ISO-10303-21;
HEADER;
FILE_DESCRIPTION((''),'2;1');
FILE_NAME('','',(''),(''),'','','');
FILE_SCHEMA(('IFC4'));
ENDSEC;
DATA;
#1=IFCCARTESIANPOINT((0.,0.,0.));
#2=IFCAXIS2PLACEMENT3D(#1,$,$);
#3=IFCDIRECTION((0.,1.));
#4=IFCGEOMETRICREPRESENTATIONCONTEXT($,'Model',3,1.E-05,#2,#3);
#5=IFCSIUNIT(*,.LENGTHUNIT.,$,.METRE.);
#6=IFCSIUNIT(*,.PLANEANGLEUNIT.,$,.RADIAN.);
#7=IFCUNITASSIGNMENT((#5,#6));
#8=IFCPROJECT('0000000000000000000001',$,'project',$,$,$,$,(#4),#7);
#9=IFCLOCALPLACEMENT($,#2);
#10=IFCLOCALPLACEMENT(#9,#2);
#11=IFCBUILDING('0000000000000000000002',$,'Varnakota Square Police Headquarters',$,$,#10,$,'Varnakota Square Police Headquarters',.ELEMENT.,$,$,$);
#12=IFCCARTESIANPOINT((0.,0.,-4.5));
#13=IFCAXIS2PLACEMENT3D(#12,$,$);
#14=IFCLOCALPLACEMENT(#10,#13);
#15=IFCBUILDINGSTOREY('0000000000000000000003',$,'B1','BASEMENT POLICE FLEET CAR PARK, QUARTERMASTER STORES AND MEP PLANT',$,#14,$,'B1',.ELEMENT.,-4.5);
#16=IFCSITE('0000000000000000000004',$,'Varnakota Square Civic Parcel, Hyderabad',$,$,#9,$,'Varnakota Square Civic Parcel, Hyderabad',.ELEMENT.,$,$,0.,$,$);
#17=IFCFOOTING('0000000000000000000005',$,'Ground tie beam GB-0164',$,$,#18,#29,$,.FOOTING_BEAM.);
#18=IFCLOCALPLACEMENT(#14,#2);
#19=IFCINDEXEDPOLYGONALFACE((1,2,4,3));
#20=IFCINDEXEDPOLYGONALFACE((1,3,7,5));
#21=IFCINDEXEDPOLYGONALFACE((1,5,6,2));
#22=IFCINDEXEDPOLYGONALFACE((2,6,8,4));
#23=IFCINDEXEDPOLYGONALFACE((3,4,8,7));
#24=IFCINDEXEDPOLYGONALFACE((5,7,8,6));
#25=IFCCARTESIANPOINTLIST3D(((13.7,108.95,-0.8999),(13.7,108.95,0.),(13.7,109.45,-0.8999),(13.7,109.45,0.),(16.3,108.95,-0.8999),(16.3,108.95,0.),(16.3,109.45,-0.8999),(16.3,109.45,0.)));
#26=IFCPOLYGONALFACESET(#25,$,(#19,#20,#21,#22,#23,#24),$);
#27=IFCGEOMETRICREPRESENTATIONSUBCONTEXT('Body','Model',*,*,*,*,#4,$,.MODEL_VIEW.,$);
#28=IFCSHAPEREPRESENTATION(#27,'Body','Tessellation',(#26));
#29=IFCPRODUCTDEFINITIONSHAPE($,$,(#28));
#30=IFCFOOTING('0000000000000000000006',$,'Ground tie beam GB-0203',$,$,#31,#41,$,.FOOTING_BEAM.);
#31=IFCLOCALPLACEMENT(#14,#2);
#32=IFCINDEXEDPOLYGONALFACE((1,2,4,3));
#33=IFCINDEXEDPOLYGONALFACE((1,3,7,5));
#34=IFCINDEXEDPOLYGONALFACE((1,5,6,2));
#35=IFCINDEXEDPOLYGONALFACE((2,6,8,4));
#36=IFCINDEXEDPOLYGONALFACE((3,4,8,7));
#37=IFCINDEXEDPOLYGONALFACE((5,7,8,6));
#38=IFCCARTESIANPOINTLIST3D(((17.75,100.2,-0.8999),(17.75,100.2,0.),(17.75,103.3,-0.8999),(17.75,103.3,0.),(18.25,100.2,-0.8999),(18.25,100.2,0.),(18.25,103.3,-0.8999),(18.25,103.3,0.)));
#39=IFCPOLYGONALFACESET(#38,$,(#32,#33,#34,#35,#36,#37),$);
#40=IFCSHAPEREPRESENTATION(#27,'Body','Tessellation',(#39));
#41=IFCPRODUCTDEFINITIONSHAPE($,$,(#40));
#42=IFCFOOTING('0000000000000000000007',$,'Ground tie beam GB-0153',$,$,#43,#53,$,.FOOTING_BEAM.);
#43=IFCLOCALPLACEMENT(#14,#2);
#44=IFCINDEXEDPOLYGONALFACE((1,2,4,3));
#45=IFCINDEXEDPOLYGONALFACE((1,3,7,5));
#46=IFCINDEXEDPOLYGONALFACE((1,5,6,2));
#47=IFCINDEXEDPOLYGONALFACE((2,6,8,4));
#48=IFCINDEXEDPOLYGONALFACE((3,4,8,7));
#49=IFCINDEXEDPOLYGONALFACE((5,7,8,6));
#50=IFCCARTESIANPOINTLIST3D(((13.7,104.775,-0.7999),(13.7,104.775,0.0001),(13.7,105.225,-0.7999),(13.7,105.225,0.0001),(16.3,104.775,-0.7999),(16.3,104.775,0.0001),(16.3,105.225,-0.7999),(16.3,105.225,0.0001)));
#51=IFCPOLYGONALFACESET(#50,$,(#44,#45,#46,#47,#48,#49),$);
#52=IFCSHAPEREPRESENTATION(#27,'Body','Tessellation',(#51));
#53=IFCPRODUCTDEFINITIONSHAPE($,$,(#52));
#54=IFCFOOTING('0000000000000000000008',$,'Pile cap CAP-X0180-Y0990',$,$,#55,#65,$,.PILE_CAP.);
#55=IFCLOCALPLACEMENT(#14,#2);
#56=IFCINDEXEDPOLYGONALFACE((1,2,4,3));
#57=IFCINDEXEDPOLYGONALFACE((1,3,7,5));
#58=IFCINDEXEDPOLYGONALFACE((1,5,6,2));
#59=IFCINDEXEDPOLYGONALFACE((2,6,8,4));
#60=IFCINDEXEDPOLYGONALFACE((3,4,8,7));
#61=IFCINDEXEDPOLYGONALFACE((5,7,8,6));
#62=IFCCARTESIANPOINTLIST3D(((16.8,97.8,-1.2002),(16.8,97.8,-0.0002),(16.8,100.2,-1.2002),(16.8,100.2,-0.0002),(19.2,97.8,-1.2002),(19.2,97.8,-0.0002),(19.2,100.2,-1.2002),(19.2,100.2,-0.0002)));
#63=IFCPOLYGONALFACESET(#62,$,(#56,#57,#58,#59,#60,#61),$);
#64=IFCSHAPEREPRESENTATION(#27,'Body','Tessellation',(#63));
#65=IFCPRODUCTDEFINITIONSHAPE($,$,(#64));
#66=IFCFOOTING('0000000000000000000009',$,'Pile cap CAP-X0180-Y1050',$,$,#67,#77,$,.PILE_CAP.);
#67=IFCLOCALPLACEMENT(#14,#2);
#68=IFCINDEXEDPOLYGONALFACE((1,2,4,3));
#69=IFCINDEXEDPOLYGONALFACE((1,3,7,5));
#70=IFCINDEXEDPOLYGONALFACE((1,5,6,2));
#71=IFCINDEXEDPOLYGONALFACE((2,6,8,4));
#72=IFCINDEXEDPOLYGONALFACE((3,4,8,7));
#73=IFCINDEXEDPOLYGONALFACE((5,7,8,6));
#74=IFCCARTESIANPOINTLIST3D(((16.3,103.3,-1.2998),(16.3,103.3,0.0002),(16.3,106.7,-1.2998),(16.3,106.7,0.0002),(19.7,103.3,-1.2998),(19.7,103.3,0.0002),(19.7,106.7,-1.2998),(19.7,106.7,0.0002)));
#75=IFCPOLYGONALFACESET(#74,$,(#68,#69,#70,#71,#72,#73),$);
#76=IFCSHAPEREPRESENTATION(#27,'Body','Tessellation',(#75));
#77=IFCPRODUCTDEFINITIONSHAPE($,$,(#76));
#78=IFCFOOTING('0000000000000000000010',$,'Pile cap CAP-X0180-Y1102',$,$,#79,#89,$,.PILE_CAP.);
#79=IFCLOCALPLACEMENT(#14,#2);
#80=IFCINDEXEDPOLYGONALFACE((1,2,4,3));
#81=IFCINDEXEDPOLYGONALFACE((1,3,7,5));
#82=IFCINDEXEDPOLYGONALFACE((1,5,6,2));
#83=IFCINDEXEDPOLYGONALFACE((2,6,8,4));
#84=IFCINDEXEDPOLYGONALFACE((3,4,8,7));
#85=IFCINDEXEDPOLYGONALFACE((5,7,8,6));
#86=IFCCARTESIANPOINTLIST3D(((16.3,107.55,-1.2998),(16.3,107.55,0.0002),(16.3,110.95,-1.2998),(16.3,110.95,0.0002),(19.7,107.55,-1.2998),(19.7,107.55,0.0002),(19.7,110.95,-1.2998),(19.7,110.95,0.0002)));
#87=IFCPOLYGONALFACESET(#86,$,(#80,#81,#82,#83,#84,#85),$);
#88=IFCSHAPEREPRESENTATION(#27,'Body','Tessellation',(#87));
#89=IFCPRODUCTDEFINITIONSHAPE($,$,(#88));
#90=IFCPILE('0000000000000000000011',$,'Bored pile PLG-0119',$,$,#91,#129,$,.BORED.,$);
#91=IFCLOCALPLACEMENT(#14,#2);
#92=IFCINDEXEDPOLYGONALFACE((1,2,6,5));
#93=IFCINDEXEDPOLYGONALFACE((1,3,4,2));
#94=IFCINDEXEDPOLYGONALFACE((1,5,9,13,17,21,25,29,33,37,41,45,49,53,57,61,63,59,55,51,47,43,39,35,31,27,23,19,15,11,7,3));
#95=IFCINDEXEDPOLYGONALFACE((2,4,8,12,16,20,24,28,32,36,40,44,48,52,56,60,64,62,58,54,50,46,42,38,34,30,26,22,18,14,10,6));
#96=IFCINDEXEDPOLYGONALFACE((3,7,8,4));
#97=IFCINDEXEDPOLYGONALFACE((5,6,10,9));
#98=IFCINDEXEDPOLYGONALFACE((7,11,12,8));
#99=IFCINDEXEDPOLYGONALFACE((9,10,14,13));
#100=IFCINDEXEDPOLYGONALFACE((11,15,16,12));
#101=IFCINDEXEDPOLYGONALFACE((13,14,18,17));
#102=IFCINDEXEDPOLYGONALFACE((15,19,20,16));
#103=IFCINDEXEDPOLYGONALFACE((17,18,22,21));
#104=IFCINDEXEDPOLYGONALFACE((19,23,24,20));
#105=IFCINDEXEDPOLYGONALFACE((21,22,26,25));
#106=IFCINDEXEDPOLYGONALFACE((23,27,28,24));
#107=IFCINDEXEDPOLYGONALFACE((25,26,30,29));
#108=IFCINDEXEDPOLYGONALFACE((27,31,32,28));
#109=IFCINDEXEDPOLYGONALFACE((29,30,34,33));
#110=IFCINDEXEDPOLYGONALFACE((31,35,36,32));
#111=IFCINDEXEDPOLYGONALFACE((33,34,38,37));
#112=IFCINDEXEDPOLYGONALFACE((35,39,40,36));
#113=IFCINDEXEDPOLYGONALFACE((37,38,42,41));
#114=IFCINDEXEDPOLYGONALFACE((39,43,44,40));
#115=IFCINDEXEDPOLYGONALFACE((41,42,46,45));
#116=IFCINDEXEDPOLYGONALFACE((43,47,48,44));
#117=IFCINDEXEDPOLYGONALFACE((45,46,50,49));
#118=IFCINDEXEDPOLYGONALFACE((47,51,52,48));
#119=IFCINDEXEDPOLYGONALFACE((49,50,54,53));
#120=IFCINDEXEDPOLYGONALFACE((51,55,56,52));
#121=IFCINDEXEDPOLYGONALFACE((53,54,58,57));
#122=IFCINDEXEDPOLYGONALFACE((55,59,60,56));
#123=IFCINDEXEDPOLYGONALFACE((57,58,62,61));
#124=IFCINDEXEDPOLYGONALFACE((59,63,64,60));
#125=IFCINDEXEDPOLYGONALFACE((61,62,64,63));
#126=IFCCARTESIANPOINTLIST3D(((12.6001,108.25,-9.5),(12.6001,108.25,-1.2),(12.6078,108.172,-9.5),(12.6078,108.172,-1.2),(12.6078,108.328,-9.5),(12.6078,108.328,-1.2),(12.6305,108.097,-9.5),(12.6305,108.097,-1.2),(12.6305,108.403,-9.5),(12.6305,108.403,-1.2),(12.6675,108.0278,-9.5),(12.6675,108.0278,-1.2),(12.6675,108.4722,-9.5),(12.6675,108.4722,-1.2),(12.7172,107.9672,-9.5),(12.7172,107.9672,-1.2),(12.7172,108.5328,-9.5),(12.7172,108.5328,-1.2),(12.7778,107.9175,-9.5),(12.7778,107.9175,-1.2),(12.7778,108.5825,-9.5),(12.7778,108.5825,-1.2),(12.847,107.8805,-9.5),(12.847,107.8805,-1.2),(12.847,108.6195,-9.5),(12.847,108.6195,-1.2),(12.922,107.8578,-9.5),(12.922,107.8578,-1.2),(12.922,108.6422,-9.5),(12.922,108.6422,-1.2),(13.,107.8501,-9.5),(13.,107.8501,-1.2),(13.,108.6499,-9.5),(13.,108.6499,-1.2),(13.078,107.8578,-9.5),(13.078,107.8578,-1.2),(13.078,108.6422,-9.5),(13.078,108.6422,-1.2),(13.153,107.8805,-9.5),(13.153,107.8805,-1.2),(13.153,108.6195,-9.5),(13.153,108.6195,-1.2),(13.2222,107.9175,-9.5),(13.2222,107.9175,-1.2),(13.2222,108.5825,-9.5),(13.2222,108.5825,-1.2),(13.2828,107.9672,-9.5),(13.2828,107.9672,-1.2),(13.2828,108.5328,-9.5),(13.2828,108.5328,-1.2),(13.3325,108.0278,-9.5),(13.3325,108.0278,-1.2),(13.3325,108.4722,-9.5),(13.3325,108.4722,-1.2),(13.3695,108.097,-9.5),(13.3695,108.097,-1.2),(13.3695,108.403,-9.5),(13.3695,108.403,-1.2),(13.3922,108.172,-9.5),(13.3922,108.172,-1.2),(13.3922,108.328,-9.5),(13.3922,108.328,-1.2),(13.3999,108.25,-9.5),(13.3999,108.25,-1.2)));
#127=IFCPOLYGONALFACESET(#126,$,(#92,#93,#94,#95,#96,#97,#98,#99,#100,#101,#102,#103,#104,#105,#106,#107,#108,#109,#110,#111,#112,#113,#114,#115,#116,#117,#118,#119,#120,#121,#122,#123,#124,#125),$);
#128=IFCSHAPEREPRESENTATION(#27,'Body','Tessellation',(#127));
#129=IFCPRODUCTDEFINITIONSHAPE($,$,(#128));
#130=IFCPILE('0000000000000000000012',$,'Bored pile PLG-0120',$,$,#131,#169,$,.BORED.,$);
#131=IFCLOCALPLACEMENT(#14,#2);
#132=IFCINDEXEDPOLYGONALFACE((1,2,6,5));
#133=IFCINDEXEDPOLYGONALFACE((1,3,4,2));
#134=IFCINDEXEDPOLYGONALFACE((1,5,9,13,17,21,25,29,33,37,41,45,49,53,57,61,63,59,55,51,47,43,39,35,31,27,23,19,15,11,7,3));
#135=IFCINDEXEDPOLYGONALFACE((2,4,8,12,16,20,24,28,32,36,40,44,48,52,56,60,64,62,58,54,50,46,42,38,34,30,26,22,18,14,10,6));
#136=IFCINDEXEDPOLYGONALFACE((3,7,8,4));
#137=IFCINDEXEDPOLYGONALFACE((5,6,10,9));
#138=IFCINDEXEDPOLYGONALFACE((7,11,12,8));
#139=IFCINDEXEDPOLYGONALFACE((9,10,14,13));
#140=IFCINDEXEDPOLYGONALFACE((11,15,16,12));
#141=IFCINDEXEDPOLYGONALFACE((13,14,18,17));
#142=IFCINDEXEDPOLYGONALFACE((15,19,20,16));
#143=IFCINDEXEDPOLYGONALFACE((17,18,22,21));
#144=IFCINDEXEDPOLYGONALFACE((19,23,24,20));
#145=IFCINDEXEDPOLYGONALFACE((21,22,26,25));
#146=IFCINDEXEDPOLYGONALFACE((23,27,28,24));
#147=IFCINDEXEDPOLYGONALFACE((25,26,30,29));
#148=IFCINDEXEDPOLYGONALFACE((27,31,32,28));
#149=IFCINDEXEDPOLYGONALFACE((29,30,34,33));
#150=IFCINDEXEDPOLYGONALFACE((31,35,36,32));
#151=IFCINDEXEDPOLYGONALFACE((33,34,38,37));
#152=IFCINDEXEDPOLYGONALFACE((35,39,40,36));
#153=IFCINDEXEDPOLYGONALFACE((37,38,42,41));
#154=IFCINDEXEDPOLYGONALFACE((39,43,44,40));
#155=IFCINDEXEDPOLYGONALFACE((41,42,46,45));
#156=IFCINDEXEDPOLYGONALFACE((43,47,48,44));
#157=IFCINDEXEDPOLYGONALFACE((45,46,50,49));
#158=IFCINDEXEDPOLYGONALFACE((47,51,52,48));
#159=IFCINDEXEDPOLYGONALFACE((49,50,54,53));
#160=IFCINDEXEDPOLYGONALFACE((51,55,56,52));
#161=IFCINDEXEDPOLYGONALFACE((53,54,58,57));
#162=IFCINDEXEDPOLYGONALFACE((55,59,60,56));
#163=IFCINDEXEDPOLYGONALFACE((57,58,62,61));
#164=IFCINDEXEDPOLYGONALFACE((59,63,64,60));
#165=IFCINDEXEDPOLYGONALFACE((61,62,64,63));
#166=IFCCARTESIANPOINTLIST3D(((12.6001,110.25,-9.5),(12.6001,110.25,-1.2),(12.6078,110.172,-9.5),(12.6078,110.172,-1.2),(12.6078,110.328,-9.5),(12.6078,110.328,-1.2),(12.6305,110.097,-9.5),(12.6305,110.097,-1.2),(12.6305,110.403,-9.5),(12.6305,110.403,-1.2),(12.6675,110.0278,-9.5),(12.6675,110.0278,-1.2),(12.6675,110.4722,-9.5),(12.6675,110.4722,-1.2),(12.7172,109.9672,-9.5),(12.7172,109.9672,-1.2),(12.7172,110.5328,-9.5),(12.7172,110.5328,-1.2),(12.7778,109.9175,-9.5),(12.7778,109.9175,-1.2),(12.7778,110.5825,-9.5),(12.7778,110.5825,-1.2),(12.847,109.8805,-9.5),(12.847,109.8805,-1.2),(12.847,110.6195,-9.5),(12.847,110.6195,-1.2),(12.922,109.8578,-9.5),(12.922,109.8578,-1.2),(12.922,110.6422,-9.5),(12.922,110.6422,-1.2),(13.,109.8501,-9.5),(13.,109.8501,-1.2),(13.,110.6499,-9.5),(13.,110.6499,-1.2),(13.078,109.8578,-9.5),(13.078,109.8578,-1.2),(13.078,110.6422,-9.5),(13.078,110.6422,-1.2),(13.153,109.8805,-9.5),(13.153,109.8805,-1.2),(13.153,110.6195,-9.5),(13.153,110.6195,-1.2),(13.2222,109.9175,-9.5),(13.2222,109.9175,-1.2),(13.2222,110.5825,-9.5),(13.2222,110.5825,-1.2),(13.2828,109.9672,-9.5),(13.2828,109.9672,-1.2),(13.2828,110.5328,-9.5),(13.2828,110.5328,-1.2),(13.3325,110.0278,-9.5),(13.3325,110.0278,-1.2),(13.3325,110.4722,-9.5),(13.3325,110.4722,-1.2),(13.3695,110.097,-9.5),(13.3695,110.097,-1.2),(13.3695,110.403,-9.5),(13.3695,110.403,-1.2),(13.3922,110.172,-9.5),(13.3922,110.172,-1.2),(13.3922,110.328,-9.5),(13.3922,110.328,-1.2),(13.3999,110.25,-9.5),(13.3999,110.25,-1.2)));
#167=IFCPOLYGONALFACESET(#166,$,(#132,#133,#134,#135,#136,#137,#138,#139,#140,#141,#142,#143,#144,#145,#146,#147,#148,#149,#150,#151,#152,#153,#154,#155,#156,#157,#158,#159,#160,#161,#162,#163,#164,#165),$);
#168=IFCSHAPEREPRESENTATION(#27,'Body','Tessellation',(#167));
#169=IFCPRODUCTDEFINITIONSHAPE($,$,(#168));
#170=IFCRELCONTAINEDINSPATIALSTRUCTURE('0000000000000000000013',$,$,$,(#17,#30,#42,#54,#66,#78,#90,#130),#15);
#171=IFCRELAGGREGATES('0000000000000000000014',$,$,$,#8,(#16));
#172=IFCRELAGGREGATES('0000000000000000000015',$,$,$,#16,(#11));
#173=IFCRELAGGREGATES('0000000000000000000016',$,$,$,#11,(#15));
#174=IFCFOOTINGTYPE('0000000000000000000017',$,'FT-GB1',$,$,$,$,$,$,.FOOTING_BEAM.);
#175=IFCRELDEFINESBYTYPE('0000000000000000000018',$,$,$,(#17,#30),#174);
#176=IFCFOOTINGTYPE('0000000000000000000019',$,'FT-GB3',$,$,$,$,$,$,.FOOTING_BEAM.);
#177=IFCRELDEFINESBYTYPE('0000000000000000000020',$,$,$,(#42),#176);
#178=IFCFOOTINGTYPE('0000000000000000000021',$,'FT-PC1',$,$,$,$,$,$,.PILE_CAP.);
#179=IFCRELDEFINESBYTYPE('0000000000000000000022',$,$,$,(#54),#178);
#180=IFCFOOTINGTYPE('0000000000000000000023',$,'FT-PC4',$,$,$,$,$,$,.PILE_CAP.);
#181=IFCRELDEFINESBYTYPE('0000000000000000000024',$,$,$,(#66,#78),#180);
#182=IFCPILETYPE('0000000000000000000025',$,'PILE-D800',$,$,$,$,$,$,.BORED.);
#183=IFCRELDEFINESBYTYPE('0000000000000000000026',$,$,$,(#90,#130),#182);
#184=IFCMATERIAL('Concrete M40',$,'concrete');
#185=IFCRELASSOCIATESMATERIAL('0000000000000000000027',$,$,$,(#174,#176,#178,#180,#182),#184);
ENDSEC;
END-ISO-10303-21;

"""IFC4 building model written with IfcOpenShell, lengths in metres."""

from ifc_helpers import new_model, si_unit, direction, frame, origin, origin_2d, place, context, subcontext, project, spatial, rectangle, circle, extrude, material, material_profile, profile_set, type_object, element, save


model = new_model("IFC4")

# Units and contexts
model_context = context("Model", 3, precision=1e-05, world=origin(), true_north=direction((0.0, 1.0)))
body_context = subcontext(model_context, "Body", "Model", "MODEL_VIEW")
ifc_project = project(units=[si_unit("LENGTHUNIT", "METRE"), si_unit("PLANEANGLEUNIT", "RADIAN")], contexts=[model_context])

# Site, building, storey
site_placement = place(None, origin())
site = spatial("IfcSite", under=ifc_project, at=site_placement, Name="Varnakota Square Civic Parcel, Hyderabad", LongName="Varnakota Square Civic Parcel, Hyderabad", CompositionType="ELEMENT", RefElevation=0.0)
building_placement = place(site_placement, origin())
building = spatial("IfcBuilding", under=site, at=building_placement, Name="Varnakota Square Police Headquarters", LongName="Varnakota Square Police Headquarters", CompositionType="ELEMENT")
storey_placement = place(building_placement, frame((0.0, 0.0, -4.5)))
storey = spatial("IfcBuildingStorey", under=building, at=storey_placement, Name="B1", Description="BASEMENT POLICE FLEET CAR PARK, QUARTERMASTER STORES AND MEP PLANT", LongName="B1", CompositionType="ELEMENT", Elevation=-4.5)

# Footings
ifc_material_1 = material(Name="Concrete M40", Category="concrete")
ifc_material_profile_1 = material_profile(ifc_material_1, rectangle(XDim=0.5, YDim=0.8999, at=origin_2d()), Name="GB 500x900")
ifc_profile_set_1 = profile_set([ifc_material_profile_1], Name="Concrete M40")
footing_type_1 = type_object("IfcFootingType", Name="FT-GB1", PredefinedType="FOOTING_BEAM", material=ifc_profile_set_1)
footing_1_placement = place(storey_placement, frame((13.7, 109.2, -0.45), z_axis=(1.0, 0.0, 0.0), x_axis=(0.0, 1.0, 0.0)))
element("IfcFooting", 1, at=footing_1_placement, inside=storey, type_object=footing_type_1, Name="Ground tie beam GB-0164", PredefinedType="FOOTING_BEAM", context=body_context, shape_type="SweptSolid", body=[
    extrude(rectangle(XDim=0.5, YDim=0.8999, at=origin_2d()), origin(), (0.0, 0.0, 1.0), 2.6001),
])
footing_2_placement = place(storey_placement, frame((18.0, 100.2, -0.45), z_axis=(0.0, 1.0, 0.0), x_axis=(-1.0, 0.0, 0.0)))
element("IfcFooting", 2, at=footing_2_placement, inside=storey, type_object=footing_type_1, Name="Ground tie beam GB-0203", PredefinedType="FOOTING_BEAM", context=body_context, shape_type="SweptSolid", body=[
    extrude(rectangle(XDim=0.5, YDim=0.8999, at=origin_2d()), origin(), (0.0, 0.0, 1.0), 3.1001),
])
ifc_material_profile_2 = material_profile(ifc_material_1, rectangle(XDim=0.45, YDim=0.8, at=origin_2d()), Name="GB 450x800")
ifc_profile_set_2 = profile_set([ifc_material_profile_2], Name="Concrete M40")
footing_type_2 = type_object("IfcFootingType", Name="FT-GB3", PredefinedType="FOOTING_BEAM", material=ifc_profile_set_2)
footing_3_placement = place(storey_placement, frame((13.7, 105.0, -0.3999), z_axis=(1.0, 0.0, 0.0), x_axis=(0.0, 1.0, 0.0)))
element("IfcFooting", 3, at=footing_3_placement, inside=storey, type_object=footing_type_2, Name="Ground tie beam GB-0153", PredefinedType="FOOTING_BEAM", context=body_context, shape_type="SweptSolid", body=[
    extrude(rectangle(XDim=0.45, YDim=0.8, at=origin_2d()), origin(), (0.0, 0.0, 1.0), 2.6001),
])
footing_type_3 = type_object("IfcFootingType", Name="FT-PC1", PredefinedType="PILE_CAP", material=ifc_material_1)
footing_4_placement = place(storey_placement, frame((18.0, 99.0, -1.2002), z_axis=(0.0, 0.0, 1.0), x_axis=(1.0, 0.0, 0.0)))
element("IfcFooting", 4, at=footing_4_placement, inside=storey, type_object=footing_type_3, Name="Pile cap CAP-X0180-Y0990", PredefinedType="PILE_CAP", context=body_context, shape_type="SweptSolid", body=[
    extrude(rectangle(XDim=2.3999, YDim=2.3999, at=origin_2d()), origin(), (0.0, 0.0, 1.0), 1.2),
])
footing_type_4 = type_object("IfcFootingType", Name="FT-PC4", PredefinedType="PILE_CAP", material=ifc_material_1)
for number, where, z_axis, x_axis, name in (
    (5, (18.0, 105.0, -1.2998), (0.0, 0.0, 1.0), (1.0, 0.0, 0.0), "Pile cap CAP-X0180-Y1050"),
    (6, (18.0, 109.25, -1.2998), (0.0, 0.0, 1.0), (1.0, 0.0, 0.0), "Pile cap CAP-X0180-Y1102"),
):
    element("IfcFooting", number, at=place(storey_placement, frame(where, z_axis=z_axis, x_axis=x_axis)), inside=storey, type_object=footing_type_4, Name=name, PredefinedType="PILE_CAP", context=body_context, shape_type="SweptSolid", body=[
        extrude(rectangle(XDim=3.3999, YDim=3.3999, at=origin_2d()), origin(), (0.0, 0.0, 1.0), 1.3),
    ])

# Piles
ifc_material_profile_3 = material_profile(ifc_material_1, circle(Radius=0.3999, at=origin_2d()), Name="BORED PILE 800")
ifc_profile_set_3 = profile_set([ifc_material_profile_3], Name="Concrete M40")
pile_type = type_object("IfcPileType", Name="PILE-D800", PredefinedType="BORED", material=ifc_profile_set_3)
for number, where, z_axis, x_axis, name in (
    (7, (13.0, 108.25, -1.2), (0.0, 0.0, -1.0), (1.0, 0.0, 0.0), "Bored pile PLG-0119"),
    (8, (13.0, 110.25, -1.2), (0.0, 0.0, -1.0), (1.0, 0.0, 0.0), "Bored pile PLG-0120"),
):
    element("IfcPile", number, at=place(storey_placement, frame(where, z_axis=z_axis, x_axis=x_axis)), inside=storey, type_object=pile_type, Name=name, PredefinedType="BORED", context=body_context, shape_type="SweptSolid", body=[
        extrude(circle(Radius=0.3999, at=origin_2d()), origin(), (0.0, 0.0, 1.0), 8.3),
    ])

save(model, "model.ifc")
